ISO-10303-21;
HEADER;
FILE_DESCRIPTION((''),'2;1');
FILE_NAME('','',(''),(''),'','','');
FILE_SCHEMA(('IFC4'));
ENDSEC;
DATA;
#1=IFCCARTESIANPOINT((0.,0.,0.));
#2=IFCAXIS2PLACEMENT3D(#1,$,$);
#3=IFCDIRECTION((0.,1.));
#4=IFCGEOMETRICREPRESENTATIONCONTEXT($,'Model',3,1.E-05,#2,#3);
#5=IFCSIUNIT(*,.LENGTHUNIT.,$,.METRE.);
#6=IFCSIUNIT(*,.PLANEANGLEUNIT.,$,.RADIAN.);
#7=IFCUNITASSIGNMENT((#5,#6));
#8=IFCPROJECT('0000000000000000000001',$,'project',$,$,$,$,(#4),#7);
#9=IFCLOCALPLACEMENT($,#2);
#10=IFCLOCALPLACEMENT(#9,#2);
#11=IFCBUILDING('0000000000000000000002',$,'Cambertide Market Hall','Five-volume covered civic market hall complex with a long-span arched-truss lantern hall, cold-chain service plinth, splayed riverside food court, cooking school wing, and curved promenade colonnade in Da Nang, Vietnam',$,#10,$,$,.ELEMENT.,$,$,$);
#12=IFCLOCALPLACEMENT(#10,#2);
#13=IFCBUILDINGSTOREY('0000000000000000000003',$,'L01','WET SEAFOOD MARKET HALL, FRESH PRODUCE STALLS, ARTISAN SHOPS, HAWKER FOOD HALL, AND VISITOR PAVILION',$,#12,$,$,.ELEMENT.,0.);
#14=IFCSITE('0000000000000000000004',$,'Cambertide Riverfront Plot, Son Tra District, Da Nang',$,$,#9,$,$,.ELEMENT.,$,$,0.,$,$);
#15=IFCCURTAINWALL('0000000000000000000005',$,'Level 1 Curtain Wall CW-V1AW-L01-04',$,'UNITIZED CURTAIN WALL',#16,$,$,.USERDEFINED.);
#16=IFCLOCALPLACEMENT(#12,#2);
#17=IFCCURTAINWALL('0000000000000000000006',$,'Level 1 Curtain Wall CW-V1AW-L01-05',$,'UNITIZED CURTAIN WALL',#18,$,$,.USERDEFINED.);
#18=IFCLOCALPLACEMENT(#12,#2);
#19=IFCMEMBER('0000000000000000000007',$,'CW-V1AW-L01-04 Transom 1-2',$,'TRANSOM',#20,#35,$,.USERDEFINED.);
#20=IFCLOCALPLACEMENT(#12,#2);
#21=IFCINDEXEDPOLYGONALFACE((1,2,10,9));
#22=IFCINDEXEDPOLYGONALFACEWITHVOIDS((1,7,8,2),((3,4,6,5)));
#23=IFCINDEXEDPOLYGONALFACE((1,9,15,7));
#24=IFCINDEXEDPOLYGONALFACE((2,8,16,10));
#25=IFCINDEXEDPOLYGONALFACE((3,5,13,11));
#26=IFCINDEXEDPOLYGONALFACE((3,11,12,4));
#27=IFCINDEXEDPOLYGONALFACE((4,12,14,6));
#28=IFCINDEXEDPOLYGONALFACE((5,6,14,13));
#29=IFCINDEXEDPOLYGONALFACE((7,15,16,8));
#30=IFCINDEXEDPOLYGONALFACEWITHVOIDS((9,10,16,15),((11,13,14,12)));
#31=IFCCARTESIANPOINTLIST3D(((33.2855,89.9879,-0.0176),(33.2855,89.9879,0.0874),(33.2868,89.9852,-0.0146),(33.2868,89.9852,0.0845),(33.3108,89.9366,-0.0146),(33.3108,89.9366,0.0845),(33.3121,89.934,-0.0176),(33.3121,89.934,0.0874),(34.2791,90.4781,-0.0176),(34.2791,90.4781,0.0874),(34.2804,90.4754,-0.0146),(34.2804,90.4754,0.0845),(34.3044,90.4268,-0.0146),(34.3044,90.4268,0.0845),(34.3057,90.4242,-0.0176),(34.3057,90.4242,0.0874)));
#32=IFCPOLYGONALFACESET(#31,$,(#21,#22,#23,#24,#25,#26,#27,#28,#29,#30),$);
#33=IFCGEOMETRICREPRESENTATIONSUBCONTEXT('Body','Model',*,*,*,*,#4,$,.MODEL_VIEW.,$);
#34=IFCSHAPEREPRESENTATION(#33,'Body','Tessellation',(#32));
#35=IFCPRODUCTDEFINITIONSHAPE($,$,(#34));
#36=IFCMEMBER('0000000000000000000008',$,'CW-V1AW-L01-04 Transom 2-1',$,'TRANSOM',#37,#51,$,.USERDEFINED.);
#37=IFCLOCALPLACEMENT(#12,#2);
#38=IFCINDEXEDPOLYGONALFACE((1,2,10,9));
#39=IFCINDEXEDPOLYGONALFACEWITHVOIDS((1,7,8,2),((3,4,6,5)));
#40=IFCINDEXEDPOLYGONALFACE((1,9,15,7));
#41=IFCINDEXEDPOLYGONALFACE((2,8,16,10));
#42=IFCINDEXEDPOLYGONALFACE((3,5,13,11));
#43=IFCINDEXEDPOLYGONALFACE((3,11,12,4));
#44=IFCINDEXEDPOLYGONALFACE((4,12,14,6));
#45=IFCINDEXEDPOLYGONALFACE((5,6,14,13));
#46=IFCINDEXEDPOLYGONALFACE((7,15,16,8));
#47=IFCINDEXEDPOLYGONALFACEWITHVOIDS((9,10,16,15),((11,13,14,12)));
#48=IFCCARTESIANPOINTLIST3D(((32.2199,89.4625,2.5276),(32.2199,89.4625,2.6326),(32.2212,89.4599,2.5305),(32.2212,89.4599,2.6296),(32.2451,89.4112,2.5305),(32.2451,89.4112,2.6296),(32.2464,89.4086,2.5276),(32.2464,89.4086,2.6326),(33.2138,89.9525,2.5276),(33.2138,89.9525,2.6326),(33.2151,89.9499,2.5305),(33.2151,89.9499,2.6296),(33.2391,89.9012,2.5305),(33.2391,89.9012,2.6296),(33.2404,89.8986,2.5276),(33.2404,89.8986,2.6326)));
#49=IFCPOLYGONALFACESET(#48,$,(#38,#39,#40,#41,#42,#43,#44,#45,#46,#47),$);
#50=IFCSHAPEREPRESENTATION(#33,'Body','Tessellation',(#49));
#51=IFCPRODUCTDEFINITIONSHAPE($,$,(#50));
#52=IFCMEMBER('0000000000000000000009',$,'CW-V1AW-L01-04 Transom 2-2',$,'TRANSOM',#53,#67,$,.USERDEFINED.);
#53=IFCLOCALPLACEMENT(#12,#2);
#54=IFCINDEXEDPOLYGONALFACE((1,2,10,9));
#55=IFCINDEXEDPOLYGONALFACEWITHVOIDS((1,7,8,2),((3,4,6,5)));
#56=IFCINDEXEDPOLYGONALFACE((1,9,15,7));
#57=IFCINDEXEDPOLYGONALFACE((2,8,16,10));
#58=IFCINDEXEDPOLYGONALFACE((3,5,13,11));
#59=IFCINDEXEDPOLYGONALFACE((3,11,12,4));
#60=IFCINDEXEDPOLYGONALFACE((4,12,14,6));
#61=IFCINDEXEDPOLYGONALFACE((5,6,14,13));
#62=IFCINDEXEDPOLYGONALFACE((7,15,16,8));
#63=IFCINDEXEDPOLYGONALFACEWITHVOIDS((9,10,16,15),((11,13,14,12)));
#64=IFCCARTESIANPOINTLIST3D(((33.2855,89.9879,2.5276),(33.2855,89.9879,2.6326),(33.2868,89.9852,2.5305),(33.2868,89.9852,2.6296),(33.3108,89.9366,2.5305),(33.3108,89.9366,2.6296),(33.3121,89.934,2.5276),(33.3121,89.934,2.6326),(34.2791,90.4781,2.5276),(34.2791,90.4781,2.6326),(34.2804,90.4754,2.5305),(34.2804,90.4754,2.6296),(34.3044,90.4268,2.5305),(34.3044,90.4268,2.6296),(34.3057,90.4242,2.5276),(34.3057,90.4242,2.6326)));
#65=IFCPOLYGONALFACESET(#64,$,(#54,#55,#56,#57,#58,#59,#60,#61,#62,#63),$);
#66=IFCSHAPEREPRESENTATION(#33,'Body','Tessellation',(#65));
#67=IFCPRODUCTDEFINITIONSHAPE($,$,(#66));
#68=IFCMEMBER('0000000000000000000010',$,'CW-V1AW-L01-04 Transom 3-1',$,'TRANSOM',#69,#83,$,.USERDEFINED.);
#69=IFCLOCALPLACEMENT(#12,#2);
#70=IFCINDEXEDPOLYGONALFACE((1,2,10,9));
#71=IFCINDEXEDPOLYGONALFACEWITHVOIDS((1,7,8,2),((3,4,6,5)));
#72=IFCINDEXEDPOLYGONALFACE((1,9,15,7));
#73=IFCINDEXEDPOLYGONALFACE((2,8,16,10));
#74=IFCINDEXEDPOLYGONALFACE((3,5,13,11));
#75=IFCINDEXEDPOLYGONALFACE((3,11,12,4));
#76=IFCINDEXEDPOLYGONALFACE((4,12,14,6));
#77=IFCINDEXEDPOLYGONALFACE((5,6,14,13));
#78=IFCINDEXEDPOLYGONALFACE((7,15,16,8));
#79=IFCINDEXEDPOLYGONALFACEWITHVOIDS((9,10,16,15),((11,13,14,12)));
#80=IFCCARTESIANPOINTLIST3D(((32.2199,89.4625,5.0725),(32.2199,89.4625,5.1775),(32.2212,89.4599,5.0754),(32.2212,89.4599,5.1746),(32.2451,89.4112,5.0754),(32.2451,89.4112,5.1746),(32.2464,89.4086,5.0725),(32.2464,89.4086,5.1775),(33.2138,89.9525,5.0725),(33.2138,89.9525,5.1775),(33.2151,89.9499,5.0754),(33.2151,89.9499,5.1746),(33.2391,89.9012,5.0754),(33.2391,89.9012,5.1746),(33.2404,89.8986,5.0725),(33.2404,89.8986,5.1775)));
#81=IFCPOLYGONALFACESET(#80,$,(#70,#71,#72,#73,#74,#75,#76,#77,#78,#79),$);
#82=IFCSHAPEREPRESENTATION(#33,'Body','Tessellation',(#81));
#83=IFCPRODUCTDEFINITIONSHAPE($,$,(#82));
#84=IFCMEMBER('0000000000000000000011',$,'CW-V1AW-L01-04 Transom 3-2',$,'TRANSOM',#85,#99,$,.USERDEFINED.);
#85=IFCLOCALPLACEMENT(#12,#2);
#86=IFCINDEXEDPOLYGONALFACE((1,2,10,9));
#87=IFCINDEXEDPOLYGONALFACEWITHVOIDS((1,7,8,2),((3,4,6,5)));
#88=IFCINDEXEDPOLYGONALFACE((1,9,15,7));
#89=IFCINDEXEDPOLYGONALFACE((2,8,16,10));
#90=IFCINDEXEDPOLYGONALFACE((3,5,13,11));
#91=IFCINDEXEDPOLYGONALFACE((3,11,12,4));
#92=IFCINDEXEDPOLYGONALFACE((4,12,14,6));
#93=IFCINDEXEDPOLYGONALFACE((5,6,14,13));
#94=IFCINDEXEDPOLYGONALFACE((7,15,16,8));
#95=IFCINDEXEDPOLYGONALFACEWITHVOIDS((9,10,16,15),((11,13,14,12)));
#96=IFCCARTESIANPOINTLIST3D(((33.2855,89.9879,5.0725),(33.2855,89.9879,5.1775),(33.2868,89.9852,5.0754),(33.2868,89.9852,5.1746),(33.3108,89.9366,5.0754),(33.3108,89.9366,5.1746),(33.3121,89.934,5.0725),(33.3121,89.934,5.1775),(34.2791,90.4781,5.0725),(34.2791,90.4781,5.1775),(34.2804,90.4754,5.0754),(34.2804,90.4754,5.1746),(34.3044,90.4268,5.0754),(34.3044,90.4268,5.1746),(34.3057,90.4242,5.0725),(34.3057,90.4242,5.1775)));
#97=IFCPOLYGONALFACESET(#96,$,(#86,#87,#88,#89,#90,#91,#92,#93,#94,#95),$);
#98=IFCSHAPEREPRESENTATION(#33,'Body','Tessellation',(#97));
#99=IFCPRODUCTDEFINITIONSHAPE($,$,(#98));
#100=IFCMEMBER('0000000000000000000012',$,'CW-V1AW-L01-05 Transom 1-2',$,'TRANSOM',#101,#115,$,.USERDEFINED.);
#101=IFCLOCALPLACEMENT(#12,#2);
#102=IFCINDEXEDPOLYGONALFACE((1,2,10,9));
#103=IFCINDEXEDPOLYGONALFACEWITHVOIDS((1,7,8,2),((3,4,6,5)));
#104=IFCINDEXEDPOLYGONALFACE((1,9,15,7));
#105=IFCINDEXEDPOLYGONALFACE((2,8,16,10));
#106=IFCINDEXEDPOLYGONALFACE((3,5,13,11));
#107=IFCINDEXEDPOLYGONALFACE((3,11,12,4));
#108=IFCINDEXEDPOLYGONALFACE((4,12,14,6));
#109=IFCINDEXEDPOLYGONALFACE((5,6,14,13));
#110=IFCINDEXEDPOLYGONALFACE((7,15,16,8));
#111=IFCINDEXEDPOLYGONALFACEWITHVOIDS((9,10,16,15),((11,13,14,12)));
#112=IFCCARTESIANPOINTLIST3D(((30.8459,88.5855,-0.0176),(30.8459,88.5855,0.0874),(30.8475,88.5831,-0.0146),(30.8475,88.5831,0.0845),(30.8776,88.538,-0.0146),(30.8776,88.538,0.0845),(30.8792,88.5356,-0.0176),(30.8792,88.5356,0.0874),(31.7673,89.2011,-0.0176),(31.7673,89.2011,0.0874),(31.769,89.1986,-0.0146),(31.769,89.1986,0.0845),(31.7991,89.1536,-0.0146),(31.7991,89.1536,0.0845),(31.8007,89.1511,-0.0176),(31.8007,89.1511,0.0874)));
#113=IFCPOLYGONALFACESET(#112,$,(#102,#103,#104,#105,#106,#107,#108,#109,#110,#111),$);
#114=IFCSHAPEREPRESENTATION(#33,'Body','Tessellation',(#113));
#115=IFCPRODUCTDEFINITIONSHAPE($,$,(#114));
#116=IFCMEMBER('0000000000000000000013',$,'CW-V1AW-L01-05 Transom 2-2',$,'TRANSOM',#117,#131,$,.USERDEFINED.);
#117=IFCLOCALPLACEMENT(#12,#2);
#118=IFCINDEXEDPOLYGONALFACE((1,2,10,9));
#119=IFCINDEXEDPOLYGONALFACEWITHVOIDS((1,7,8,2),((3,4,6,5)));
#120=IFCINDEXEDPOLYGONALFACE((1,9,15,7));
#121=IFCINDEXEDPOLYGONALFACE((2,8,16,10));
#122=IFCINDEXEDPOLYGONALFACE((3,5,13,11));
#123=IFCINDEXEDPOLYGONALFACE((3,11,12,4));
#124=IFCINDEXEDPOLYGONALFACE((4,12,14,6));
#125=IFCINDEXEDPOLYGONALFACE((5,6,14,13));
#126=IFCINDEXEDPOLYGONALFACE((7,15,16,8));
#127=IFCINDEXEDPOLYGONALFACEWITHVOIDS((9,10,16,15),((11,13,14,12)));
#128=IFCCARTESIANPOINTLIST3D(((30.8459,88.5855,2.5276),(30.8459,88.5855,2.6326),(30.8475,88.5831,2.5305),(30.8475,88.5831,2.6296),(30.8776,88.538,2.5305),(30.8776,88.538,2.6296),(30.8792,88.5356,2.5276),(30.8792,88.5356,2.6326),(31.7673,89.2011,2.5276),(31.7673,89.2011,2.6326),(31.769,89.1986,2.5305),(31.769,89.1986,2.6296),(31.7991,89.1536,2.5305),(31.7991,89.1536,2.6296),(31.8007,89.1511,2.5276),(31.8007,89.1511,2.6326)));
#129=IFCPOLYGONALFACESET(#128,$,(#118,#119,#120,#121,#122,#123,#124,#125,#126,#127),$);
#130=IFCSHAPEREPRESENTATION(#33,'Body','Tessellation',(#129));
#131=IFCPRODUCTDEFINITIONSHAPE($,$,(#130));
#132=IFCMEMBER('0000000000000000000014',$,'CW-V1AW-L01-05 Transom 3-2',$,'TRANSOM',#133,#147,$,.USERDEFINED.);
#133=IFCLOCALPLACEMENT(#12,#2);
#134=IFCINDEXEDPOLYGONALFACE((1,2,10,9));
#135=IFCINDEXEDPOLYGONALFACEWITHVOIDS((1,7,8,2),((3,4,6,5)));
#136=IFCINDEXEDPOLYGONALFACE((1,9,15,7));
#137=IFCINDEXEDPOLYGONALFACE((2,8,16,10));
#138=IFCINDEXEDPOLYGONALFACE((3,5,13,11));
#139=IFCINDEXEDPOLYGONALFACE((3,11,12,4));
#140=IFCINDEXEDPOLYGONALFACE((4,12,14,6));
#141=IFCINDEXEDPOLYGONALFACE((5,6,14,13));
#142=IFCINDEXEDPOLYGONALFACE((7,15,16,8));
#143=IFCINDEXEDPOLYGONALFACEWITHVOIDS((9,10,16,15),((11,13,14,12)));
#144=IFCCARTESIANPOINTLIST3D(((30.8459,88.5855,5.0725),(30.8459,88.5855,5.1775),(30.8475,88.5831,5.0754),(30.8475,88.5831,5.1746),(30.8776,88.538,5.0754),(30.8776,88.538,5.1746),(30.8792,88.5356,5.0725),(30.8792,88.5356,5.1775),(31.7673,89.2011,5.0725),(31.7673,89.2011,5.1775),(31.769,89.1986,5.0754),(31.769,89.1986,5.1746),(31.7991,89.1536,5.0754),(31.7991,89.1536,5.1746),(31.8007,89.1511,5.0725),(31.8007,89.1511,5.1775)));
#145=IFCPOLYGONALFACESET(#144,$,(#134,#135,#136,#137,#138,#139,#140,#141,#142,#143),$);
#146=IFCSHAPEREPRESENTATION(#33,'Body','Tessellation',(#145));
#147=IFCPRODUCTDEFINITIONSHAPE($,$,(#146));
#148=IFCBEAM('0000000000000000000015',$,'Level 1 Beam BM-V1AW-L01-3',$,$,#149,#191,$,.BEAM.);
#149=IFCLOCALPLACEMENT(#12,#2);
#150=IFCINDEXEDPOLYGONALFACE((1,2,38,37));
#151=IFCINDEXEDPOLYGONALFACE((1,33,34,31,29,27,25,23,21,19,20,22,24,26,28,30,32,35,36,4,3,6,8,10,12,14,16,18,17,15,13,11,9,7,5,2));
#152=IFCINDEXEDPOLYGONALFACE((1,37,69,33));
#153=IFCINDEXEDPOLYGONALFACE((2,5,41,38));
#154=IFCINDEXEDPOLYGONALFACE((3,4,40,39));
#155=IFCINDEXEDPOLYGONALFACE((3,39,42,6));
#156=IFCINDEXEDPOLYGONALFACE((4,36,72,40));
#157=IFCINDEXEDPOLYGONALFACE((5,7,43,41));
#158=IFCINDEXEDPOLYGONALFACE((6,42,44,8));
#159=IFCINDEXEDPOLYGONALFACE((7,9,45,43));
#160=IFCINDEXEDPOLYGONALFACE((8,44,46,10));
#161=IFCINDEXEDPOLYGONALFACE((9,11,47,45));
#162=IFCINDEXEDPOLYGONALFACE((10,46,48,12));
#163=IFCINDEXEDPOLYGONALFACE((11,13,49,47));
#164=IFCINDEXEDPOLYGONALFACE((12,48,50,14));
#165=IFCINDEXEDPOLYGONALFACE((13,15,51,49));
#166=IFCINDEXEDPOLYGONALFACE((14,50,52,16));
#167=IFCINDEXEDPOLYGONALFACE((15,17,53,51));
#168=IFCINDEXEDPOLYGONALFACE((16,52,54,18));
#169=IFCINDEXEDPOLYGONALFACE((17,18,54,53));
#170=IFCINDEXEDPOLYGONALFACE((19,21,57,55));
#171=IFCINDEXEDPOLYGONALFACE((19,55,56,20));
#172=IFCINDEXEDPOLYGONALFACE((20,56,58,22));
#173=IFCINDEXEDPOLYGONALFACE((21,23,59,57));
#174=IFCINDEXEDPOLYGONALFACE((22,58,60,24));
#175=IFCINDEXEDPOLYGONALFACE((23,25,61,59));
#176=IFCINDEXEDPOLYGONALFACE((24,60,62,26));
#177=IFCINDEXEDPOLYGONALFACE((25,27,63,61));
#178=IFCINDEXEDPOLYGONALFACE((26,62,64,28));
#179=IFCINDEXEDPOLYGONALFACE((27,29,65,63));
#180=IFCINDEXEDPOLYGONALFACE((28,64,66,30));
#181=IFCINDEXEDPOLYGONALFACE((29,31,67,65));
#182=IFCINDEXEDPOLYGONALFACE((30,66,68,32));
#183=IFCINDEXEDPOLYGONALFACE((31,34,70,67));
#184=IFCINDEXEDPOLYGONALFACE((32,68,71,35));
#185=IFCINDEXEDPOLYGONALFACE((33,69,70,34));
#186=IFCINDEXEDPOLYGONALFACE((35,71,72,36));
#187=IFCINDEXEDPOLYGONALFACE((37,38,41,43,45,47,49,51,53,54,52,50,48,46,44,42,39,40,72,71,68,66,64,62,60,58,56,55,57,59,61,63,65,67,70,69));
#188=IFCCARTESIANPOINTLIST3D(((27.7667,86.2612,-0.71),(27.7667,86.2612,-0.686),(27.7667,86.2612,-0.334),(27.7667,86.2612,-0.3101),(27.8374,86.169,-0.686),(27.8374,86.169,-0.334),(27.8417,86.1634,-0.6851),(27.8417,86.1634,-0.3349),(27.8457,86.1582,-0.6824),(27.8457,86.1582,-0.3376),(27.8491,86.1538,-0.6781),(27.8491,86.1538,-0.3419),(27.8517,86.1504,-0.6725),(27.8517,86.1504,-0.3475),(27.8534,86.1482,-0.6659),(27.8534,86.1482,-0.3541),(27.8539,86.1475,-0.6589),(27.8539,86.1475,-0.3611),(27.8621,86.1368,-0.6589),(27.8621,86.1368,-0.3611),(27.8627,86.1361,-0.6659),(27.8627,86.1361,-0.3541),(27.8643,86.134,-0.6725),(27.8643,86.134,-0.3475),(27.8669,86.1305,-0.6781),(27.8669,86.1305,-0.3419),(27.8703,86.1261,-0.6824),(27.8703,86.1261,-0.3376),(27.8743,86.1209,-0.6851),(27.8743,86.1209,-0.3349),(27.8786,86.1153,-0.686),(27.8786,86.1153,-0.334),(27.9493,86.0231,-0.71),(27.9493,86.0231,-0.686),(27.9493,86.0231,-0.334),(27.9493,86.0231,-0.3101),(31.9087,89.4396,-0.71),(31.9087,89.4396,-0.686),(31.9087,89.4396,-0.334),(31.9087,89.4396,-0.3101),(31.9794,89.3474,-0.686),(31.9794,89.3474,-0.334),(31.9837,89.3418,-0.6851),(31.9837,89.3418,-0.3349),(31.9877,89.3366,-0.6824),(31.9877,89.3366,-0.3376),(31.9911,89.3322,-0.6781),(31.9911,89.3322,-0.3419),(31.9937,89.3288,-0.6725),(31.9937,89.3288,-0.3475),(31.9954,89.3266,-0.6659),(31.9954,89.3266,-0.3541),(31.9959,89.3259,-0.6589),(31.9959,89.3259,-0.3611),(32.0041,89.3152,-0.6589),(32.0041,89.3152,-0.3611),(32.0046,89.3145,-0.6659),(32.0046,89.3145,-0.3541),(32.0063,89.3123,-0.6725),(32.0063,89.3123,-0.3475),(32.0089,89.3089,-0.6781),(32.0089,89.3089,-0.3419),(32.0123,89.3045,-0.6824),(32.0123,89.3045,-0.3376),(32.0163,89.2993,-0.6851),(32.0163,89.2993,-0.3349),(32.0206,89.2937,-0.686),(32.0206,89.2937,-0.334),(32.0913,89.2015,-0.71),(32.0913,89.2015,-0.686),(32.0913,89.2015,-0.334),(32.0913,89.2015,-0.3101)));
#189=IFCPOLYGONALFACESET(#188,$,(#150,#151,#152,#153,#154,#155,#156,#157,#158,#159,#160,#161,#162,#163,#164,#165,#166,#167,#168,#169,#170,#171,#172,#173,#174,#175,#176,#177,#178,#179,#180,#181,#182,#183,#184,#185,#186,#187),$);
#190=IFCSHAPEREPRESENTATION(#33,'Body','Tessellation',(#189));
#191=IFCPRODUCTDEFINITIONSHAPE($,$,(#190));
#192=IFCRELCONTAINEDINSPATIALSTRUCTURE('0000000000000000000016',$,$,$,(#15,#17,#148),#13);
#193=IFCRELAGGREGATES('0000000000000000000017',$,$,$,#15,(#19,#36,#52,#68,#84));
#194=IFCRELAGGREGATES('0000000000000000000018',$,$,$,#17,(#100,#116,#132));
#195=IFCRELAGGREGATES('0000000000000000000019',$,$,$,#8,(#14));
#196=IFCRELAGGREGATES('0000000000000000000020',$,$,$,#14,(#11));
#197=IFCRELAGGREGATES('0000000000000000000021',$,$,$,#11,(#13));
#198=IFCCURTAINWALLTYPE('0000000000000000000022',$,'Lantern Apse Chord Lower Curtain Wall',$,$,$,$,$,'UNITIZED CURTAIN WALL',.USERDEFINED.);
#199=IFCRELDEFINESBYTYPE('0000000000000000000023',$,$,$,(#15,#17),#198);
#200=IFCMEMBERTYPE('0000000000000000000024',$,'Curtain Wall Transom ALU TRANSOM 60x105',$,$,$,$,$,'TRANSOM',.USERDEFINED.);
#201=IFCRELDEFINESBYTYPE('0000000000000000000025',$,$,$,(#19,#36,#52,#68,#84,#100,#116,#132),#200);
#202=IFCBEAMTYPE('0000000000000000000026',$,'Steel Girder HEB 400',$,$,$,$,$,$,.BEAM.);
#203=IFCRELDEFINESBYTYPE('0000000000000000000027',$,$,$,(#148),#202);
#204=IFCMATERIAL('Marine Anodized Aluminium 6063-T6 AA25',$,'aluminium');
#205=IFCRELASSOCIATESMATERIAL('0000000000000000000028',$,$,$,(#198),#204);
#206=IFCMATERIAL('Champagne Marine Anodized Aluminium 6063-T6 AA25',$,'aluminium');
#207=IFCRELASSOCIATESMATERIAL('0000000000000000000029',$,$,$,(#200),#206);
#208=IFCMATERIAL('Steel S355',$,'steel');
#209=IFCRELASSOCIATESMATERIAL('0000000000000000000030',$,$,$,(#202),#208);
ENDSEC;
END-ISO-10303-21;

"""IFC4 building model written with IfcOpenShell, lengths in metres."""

from ifc_helpers import new_model, si_unit, direction, frame, origin, origin_2d, place, context, subcontext, project, spatial, hollow_rectangle, i_section, extrude, material, material_profile, profile_set, type_object, element, aggregate, save


model = new_model("IFC4")

# Units and contexts
model_context = context("Model", 3, precision=1e-05, world=origin(), true_north=direction((0.0, 1.0)))
body_context = subcontext(model_context, "Body", "Model", "MODEL_VIEW")
ifc_project = project(units=[si_unit("LENGTHUNIT", "METRE"), si_unit("PLANEANGLEUNIT", "RADIAN")], contexts=[model_context])

# Site, building, storey
site_placement = place(None, origin())
site = spatial("IfcSite", under=ifc_project, at=site_placement, Name="Cambertide Riverfront Plot, Son Tra District, Da Nang", CompositionType="ELEMENT", RefElevation=0.0)
building_placement = place(site_placement, origin())
building = spatial("IfcBuilding", under=site, at=building_placement, Name="Cambertide Market Hall", Description="Five-volume covered civic market hall complex with a long-span arched-truss lantern hall, cold-chain service plinth, splayed riverside food court, cooking school wing, and curved promenade colonnade in Da Nang, Vietnam", CompositionType="ELEMENT")
storey_placement = place(building_placement, origin())
storey = spatial("IfcBuildingStorey", under=building, at=storey_placement, Name="L01", Description="WET SEAFOOD MARKET HALL, FRESH PRODUCE STALLS, ARTISAN SHOPS, HAWKER FOOD HALL, AND VISITOR PAVILION", CompositionType="ELEMENT", Elevation=0.0)

# Curtain walls
ifc_material_1 = material(Name="Marine Anodized Aluminium 6063-T6 AA25", Category="aluminium")
curtain_wall_type = type_object("IfcCurtainWallType", Name="Lantern Apse Chord Lower Curtain Wall", ElementType="UNITIZED CURTAIN WALL", PredefinedType="USERDEFINED", material=ifc_material_1)
curtain_wall_1_placement = place(storey_placement, origin())
curtain_wall_1 = element("IfcCurtainWall", 1, at=curtain_wall_1_placement, inside=storey, type_object=curtain_wall_type, Name="Level 1 Curtain Wall CW-V1AW-L01-04", ObjectType="UNITIZED CURTAIN WALL", PredefinedType="USERDEFINED")
curtain_wall_2_placement = place(storey_placement, origin())
curtain_wall_2 = element("IfcCurtainWall", 2, at=curtain_wall_2_placement, inside=storey, type_object=curtain_wall_type, Name="Level 1 Curtain Wall CW-V1AW-L01-05", ObjectType="UNITIZED CURTAIN WALL", PredefinedType="USERDEFINED")

# Members
ifc_material_2 = material(Name="Champagne Marine Anodized Aluminium 6063-T6 AA25", Category="aluminium")
ifc_material_profile_1 = material_profile(ifc_material_2, hollow_rectangle(XDim=0.0601, YDim=0.105, WallThickness=0.0029, at=origin_2d()), Name="ALU TRANSOM 60x105")
ifc_profile_set_1 = profile_set([ifc_material_profile_1], Name="Champagne Marine Anodized Aluminium 6063-T6 AA25")
member_type_1 = type_object("IfcMemberType", Name="Curtain Wall Transom ALU TRANSOM 60x105", ElementType="TRANSOM", PredefinedType="USERDEFINED", material=ifc_profile_set_1)
member_1_placement = place(storey_placement, frame((33.2988, 89.9609, 0.0349), z_axis=(0.896794, 0.442448, 0.0), x_axis=(-0.442448, 0.896794, 0.0)))
member_1 = element("IfcMember", 3, at=member_1_placement, type_object=member_type_1, Name="CW-V1AW-L01-04 Transom 1-2", ObjectType="TRANSOM", PredefinedType="USERDEFINED", context=body_context, shape_type="SweptSolid", body=[
    extrude(hollow_rectangle(XDim=0.0601, YDim=0.105, WallThickness=0.0029, at=origin_2d()), origin(), (0.0, 0.0, 1.0), 1.1079),
])
member_2_placement = place(storey_placement, frame((32.2332, 89.4355, 2.5801), z_axis=(0.896925, 0.442183, 0.0), x_axis=(-0.442183, 0.896925, 0.0)))
member_2 = element("IfcMember", 4, at=member_2_placement, type_object=member_type_1, Name="CW-V1AW-L01-04 Transom 2-1", ObjectType="TRANSOM", PredefinedType="USERDEFINED", context=body_context, shape_type="SweptSolid", body=[
    extrude(hollow_rectangle(XDim=0.0601, YDim=0.105, WallThickness=0.0029, at=origin_2d()), origin(), (0.0, 0.0, 1.0), 1.1082),
])
member_3_placement = place(storey_placement, frame((33.2988, 89.9609, 2.5801), z_axis=(0.896794, 0.442448, 0.0), x_axis=(-0.442448, 0.896794, 0.0)))
member_3 = element("IfcMember", 5, at=member_3_placement, type_object=member_type_1, Name="CW-V1AW-L01-04 Transom 2-2", ObjectType="TRANSOM", PredefinedType="USERDEFINED", context=body_context, shape_type="SweptSolid", body=[
    extrude(hollow_rectangle(XDim=0.0601, YDim=0.105, WallThickness=0.0029, at=origin_2d()), origin(), (0.0, 0.0, 1.0), 1.1079),
])
member_4_placement = place(storey_placement, frame((32.2332, 89.4355, 5.125), z_axis=(0.896925, 0.442183, 0.0), x_axis=(-0.442183, 0.896925, 0.0)))
member_4 = element("IfcMember", 6, at=member_4_placement, type_object=member_type_1, Name="CW-V1AW-L01-04 Transom 3-1", ObjectType="TRANSOM", PredefinedType="USERDEFINED", context=body_context, shape_type="SweptSolid", body=[
    extrude(hollow_rectangle(XDim=0.0601, YDim=0.105, WallThickness=0.0029, at=origin_2d()), origin(), (0.0, 0.0, 1.0), 1.1082),
])
member_5_placement = place(storey_placement, frame((33.2988, 89.9609, 5.125), z_axis=(0.896794, 0.442448, 0.0), x_axis=(-0.442448, 0.896794, 0.0)))
member_5 = element("IfcMember", 7, at=member_5_placement, type_object=member_type_1, Name="CW-V1AW-L01-04 Transom 3-2", ObjectType="TRANSOM", PredefinedType="USERDEFINED", context=body_context, shape_type="SweptSolid", body=[
    extrude(hollow_rectangle(XDim=0.0601, YDim=0.105, WallThickness=0.0029, at=origin_2d()), origin(), (0.0, 0.0, 1.0), 1.1079),
])
member_6_placement = place(storey_placement, frame((30.8625, 88.5605, 0.0349), z_axis=(0.831541, 0.555463, 0.0), x_axis=(-0.555463, 0.831541, 0.0)))
member_6 = element("IfcMember", 8, at=member_6_placement, type_object=member_type_1, Name="CW-V1AW-L01-05 Transom 1-2", ObjectType="TRANSOM", PredefinedType="USERDEFINED", context=body_context, shape_type="SweptSolid", body=[
    extrude(hollow_rectangle(XDim=0.0601, YDim=0.105, WallThickness=0.0029, at=origin_2d()), origin(), (0.0, 0.0, 1.0), 1.1082),
])
member_7_placement = place(storey_placement, frame((30.8625, 88.5605, 2.5801), z_axis=(0.831541, 0.555463, 0.0), x_axis=(-0.555463, 0.831541, 0.0)))
member_7 = element("IfcMember", 9, at=member_7_placement, type_object=member_type_1, Name="CW-V1AW-L01-05 Transom 2-2", ObjectType="TRANSOM", PredefinedType="USERDEFINED", context=body_context, shape_type="SweptSolid", body=[
    extrude(hollow_rectangle(XDim=0.0601, YDim=0.105, WallThickness=0.0029, at=origin_2d()), origin(), (0.0, 0.0, 1.0), 1.1082),
])
member_8_placement = place(storey_placement, frame((30.8625, 88.5605, 5.125), z_axis=(0.831541, 0.555463, 0.0), x_axis=(-0.555463, 0.831541, 0.0)))
member_8 = element("IfcMember", 10, at=member_8_placement, type_object=member_type_1, Name="CW-V1AW-L01-05 Transom 3-2", ObjectType="TRANSOM", PredefinedType="USERDEFINED", context=body_context, shape_type="SweptSolid", body=[
    extrude(hollow_rectangle(XDim=0.0601, YDim=0.105, WallThickness=0.0029, at=origin_2d()), origin(), (0.0, 0.0, 1.0), 1.1082),
])

# Beam
ifc_material_3 = material(Name="Steel S355", Category="steel")
ifc_material_profile_2 = material_profile(ifc_material_3, i_section(OverallWidth=0.3, OverallDepth=0.3999, WebThickness=0.0134, FlangeThickness=0.0239, FilletRadius=0.0271, at=origin_2d()), Name="HEB 400")
ifc_profile_set_2 = profile_set([ifc_material_profile_2], Name="Steel S355")
beam_type = type_object("IfcBeamType", Name="Steel Girder HEB 400", PredefinedType="BEAM", material=ifc_profile_set_2)
beam_placement = place(storey_placement, frame((32.0, 89.3206, -0.51), z_axis=(-0.793341, -0.608777, 0.0), x_axis=(0.608777, -0.793341, 0.0)))
element("IfcBeam", 11, at=beam_placement, inside=storey, type_object=beam_type, Name="Level 1 Beam BM-V1AW-L01-3", PredefinedType="BEAM", context=body_context, shape_type="SweptSolid", body=[
    extrude(i_section(OverallWidth=0.3, OverallDepth=0.3999, WebThickness=0.0134, FlangeThickness=0.0239, FilletRadius=0.0271, at=origin_2d()), origin(), (0.0, 0.0, 1.0), 5.2209),
])

aggregate(curtain_wall_1, [member_1, member_2, member_3, member_4, member_5])
aggregate(curtain_wall_2, [member_6, member_7, member_8])

save(model, "model.ifc")
